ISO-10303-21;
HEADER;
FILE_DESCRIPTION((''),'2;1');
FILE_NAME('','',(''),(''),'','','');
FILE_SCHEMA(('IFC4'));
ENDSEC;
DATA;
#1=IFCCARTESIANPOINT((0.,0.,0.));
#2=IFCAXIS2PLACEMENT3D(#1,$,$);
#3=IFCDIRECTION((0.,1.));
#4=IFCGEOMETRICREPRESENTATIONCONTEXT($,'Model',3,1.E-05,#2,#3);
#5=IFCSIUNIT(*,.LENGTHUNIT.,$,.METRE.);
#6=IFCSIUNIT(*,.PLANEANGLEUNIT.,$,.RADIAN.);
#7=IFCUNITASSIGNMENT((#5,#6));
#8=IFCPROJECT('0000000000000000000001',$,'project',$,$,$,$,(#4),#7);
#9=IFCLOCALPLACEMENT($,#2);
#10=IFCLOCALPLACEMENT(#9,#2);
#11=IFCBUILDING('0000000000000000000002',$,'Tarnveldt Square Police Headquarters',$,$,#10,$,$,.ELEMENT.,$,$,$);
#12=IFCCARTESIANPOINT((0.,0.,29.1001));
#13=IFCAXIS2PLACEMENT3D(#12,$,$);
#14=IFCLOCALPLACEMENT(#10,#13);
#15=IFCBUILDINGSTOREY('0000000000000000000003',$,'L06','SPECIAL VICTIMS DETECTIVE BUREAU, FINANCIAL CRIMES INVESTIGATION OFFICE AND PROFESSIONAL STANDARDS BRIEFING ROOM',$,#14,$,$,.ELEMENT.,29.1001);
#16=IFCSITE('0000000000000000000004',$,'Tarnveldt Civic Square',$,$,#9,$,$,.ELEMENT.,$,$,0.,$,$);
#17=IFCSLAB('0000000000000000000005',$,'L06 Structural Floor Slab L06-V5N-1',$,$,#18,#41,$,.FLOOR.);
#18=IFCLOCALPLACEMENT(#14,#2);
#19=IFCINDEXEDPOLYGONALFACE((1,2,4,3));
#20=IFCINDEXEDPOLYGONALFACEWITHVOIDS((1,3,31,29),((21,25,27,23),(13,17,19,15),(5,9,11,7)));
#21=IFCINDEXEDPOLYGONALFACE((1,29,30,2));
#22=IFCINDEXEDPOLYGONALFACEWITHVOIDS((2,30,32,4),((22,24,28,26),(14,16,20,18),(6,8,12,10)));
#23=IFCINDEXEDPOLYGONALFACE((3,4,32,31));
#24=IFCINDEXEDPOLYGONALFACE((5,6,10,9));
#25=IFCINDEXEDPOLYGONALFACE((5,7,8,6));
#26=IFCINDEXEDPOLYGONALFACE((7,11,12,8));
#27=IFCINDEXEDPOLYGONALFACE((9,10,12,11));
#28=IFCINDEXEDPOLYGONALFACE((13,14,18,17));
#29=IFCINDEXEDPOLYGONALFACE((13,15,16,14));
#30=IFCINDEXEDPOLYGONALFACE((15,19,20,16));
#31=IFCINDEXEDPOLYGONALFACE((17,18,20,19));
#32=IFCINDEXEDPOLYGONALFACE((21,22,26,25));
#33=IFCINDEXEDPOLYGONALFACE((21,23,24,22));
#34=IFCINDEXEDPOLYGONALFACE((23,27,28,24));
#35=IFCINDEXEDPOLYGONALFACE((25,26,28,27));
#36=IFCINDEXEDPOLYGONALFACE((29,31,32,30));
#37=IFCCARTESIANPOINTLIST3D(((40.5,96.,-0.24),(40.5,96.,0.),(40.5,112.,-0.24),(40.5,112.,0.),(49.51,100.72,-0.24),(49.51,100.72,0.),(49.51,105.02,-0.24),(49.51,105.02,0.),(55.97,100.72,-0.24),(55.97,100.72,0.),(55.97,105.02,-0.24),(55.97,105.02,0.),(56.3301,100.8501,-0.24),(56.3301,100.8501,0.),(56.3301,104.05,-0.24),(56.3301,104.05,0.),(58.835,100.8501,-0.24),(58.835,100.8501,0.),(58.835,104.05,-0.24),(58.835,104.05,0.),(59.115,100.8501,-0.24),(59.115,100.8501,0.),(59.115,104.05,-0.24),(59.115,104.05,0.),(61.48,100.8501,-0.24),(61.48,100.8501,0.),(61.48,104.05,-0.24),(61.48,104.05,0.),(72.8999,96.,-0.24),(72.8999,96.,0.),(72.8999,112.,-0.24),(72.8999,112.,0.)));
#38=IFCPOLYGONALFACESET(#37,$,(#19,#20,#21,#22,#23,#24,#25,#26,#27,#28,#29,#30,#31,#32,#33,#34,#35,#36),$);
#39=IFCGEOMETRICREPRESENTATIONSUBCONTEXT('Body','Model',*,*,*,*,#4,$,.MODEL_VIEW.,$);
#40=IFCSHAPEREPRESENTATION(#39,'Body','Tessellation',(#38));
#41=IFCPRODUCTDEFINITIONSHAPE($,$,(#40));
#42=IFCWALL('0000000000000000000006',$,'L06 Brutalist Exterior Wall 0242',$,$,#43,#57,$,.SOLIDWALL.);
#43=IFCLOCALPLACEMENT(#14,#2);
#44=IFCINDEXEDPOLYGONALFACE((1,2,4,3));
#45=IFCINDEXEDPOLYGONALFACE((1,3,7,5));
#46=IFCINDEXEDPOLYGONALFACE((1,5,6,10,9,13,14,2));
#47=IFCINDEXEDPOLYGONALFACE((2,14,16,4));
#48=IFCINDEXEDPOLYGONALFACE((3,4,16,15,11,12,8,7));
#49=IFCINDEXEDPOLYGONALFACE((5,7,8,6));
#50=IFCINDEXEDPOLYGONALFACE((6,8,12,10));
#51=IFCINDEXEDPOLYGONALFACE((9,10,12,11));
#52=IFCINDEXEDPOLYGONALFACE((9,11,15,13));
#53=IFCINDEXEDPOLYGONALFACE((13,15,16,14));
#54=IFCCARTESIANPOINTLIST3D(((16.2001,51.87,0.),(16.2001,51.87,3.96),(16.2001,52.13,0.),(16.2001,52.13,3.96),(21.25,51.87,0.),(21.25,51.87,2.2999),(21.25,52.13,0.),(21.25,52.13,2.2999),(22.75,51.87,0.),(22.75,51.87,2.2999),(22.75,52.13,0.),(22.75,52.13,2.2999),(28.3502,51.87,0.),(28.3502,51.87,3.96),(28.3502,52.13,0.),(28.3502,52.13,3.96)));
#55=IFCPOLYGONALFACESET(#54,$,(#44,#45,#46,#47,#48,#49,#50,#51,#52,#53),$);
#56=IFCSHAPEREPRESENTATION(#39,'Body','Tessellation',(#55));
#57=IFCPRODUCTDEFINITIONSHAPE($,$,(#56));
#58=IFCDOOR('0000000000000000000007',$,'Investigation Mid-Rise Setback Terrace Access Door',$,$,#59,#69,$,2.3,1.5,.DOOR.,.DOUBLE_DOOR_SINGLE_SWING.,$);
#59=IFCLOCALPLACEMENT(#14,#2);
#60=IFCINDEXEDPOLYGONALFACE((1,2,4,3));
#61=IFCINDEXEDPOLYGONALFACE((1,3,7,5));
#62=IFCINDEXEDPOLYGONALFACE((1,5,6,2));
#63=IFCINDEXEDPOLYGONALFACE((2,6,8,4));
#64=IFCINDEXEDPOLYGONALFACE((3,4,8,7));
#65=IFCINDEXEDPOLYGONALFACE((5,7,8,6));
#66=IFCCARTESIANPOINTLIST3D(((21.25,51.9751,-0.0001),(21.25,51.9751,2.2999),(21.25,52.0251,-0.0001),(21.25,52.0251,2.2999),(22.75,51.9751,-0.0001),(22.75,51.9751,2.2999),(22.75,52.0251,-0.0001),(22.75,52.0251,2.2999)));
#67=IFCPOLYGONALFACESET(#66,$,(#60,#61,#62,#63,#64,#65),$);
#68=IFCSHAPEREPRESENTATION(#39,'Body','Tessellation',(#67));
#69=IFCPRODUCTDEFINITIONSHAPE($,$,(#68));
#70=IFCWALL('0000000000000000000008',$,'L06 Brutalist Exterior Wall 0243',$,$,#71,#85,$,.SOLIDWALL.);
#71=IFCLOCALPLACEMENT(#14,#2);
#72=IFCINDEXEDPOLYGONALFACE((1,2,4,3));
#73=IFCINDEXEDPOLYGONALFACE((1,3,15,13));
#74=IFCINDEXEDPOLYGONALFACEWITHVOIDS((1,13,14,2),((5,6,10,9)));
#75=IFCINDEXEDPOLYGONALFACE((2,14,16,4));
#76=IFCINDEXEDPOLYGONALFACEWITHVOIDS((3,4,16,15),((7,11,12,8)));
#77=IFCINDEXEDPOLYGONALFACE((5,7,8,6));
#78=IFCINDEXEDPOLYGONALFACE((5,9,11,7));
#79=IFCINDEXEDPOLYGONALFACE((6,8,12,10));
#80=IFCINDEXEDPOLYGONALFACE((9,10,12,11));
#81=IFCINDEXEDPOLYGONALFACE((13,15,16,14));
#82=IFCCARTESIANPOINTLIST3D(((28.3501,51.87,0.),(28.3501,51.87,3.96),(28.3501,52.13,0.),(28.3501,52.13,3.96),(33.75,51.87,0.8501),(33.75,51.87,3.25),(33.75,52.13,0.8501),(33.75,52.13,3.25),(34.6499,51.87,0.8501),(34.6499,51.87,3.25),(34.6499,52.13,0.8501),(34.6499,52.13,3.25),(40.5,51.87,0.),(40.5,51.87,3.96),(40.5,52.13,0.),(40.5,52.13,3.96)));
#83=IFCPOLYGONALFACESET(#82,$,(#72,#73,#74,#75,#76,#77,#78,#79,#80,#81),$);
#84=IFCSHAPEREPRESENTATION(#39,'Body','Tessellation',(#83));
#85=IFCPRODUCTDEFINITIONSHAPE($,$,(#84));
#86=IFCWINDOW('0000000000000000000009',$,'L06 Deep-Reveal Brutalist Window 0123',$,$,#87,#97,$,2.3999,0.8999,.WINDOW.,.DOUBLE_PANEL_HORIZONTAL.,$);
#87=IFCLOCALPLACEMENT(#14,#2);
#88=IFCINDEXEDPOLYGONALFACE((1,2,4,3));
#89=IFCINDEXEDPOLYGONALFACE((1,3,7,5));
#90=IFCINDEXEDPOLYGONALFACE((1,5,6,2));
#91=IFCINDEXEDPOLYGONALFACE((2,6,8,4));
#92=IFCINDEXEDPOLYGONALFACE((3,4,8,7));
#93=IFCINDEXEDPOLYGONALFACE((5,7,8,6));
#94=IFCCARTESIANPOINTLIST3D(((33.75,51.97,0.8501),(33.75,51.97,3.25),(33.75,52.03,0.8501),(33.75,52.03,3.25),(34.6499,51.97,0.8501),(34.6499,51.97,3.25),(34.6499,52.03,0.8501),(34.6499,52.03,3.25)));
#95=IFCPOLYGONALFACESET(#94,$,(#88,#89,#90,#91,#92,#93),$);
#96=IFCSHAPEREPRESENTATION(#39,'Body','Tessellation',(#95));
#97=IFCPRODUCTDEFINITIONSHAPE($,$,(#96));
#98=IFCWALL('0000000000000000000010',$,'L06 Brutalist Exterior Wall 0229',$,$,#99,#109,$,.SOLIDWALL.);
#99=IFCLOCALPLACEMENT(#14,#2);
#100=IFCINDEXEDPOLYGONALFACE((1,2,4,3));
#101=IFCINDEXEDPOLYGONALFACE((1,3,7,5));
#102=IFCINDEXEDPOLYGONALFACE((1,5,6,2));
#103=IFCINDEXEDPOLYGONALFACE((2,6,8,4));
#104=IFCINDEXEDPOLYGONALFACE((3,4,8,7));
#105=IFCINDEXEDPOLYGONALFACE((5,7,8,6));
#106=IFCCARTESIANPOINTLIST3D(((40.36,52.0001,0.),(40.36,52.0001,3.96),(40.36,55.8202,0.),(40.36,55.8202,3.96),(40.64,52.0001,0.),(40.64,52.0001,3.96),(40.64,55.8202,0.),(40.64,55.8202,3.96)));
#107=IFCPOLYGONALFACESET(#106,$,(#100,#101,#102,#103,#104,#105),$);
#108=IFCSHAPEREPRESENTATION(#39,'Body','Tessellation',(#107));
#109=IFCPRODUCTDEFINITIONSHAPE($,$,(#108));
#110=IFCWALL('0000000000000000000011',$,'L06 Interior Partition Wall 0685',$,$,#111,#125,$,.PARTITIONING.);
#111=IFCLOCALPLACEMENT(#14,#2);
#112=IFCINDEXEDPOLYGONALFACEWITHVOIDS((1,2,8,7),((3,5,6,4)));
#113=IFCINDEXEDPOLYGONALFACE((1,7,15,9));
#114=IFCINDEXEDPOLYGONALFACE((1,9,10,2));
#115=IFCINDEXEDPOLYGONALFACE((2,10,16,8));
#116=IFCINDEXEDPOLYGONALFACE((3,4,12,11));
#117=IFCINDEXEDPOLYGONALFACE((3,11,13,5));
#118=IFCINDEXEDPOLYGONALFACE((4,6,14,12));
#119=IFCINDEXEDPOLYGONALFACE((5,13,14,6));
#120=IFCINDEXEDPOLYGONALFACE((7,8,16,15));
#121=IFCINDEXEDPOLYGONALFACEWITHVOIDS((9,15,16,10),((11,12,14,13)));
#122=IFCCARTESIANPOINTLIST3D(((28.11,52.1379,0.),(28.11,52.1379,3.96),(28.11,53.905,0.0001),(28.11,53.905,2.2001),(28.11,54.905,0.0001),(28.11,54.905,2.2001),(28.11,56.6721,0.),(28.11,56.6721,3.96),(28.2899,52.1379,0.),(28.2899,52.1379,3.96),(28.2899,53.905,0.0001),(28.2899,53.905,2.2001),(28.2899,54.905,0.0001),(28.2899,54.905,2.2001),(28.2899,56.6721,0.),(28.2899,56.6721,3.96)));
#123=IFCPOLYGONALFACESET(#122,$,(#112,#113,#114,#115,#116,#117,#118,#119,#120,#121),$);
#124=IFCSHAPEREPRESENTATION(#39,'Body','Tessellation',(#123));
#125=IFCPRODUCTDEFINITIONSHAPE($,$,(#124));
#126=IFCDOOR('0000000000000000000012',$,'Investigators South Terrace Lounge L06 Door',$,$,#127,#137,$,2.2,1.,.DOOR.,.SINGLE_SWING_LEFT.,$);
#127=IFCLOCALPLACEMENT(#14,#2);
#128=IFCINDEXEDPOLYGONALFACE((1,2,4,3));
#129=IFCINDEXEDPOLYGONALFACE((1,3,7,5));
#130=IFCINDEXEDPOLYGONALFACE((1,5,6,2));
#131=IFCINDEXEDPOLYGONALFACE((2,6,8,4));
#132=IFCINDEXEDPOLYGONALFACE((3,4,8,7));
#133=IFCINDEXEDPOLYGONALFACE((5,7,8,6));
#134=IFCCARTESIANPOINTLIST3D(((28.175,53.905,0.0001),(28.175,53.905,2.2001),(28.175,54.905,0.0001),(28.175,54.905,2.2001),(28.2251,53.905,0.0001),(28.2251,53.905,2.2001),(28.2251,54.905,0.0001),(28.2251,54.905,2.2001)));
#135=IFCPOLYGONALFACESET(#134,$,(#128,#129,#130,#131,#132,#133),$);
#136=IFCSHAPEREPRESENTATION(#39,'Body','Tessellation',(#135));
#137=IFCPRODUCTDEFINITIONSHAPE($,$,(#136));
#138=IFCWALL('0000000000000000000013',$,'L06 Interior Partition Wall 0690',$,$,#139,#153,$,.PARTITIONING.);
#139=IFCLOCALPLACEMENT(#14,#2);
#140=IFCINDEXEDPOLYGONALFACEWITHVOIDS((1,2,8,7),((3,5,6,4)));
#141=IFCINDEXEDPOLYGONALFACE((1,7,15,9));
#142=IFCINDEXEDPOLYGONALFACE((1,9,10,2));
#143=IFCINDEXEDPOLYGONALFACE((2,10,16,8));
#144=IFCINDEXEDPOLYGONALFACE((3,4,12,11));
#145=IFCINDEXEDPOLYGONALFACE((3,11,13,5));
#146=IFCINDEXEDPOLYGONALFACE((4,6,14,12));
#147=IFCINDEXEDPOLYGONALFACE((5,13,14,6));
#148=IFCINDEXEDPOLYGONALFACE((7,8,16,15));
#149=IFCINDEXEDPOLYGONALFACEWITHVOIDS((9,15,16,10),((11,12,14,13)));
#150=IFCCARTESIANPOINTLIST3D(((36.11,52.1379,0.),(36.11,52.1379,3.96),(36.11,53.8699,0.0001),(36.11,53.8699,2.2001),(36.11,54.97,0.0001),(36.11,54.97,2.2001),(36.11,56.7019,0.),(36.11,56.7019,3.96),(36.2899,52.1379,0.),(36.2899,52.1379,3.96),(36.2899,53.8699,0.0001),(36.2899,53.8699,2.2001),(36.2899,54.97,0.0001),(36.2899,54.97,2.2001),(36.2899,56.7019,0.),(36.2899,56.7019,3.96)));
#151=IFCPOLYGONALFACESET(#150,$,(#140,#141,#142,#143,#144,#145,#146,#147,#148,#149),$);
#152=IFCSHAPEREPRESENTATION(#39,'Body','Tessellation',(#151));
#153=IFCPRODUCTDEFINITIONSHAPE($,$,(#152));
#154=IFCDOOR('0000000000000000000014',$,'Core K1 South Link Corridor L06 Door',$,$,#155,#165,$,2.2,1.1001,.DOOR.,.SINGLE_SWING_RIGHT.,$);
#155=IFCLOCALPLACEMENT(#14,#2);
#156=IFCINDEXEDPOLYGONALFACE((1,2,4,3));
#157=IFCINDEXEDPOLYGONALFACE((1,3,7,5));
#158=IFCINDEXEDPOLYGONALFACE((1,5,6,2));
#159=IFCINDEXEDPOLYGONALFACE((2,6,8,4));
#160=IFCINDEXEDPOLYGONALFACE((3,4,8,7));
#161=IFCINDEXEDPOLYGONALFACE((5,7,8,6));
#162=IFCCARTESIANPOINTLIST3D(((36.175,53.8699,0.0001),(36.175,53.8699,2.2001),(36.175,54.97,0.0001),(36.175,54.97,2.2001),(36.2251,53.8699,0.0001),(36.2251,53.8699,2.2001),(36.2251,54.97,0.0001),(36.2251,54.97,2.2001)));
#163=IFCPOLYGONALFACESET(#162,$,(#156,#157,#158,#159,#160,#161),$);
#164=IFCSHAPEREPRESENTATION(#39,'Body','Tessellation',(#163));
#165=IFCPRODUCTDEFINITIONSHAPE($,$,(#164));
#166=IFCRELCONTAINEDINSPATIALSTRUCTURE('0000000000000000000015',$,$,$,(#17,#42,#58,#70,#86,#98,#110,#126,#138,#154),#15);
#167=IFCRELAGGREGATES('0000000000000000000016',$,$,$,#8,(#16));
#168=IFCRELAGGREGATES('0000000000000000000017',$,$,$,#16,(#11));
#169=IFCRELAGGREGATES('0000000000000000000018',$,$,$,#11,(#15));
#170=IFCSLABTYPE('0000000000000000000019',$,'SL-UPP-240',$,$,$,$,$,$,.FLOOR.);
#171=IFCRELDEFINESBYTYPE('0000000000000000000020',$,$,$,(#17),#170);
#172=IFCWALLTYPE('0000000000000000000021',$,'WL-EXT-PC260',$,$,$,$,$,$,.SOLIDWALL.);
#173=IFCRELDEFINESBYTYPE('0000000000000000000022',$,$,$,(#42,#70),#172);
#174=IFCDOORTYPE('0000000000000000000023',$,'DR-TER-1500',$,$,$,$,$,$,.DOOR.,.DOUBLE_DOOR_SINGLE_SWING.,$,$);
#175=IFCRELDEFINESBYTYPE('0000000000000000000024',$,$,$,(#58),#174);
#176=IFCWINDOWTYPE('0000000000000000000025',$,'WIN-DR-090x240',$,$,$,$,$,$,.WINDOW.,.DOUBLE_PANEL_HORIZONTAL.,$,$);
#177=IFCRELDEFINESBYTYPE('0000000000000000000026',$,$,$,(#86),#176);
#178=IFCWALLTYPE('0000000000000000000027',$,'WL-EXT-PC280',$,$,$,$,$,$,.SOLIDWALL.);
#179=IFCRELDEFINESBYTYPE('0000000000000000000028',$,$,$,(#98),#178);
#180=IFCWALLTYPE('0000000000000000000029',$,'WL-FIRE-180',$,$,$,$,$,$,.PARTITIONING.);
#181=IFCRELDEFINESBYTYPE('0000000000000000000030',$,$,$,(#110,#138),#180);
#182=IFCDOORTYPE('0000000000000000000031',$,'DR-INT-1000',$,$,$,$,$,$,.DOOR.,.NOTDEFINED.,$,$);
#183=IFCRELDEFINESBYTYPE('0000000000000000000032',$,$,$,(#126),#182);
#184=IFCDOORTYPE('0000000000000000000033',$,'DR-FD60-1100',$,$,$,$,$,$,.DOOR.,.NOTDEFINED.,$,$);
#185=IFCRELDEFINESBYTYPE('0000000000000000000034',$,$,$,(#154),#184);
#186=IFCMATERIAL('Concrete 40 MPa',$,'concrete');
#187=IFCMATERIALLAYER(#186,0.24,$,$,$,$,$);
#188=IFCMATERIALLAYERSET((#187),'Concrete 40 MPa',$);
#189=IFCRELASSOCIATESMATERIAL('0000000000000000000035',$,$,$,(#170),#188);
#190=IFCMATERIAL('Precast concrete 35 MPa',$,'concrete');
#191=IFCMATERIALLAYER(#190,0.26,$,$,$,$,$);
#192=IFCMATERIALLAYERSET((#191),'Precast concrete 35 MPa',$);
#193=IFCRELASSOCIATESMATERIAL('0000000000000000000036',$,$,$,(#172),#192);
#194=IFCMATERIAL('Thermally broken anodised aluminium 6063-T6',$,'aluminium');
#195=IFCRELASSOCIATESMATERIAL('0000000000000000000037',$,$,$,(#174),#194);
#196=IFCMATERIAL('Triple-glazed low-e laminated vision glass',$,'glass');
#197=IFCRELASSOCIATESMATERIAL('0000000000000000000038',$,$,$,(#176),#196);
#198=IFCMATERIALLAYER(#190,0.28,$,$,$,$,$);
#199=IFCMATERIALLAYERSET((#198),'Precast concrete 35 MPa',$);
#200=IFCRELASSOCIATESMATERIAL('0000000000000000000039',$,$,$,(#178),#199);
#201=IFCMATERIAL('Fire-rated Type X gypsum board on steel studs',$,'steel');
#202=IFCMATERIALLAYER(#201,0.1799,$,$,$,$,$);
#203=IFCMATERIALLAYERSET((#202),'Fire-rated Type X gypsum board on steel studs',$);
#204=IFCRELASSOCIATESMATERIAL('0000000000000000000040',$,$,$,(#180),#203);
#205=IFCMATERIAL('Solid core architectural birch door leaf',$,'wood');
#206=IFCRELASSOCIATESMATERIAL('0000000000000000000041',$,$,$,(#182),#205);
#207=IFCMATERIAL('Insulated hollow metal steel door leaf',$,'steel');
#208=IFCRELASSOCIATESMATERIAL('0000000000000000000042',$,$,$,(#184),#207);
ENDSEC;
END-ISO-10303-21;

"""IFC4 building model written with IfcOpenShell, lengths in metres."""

from ifc_helpers import new_model, si_unit, direction, frame, frame_2d, origin, place, context, subcontext, project, spatial, polyline, rectangle, outline, extrude, material, layer, layer_set, type_object, element, fill, save


model = new_model("IFC4")

# Units and contexts
model_context = context("Model", 3, precision=1e-05, world=origin(), true_north=direction((0.0, 1.0)))
body_context = subcontext(model_context, "Body", "Model", "MODEL_VIEW")
ifc_project = project(units=[si_unit("LENGTHUNIT", "METRE"), si_unit("PLANEANGLEUNIT", "RADIAN")], contexts=[model_context])

# Site, building, storey
site_placement = place(None, origin())
site = spatial("IfcSite", under=ifc_project, at=site_placement, Name="Tarnveldt Civic Square", CompositionType="ELEMENT", RefElevation=0.0)
building_placement = place(site_placement, origin())
building = spatial("IfcBuilding", under=site, at=building_placement, Name="Tarnveldt Square Police Headquarters", CompositionType="ELEMENT")
storey_placement = place(building_placement, frame((0.0, 0.0, 29.1001)))
storey = spatial("IfcBuildingStorey", under=building, at=storey_placement, Name="L06", Description="SPECIAL VICTIMS DETECTIVE BUREAU, FINANCIAL CRIMES INVESTIGATION OFFICE AND PROFESSIONAL STANDARDS BRIEFING ROOM", CompositionType="ELEMENT", Elevation=29.1001)

# Shared definitions
ifc_material_1 = material(Name="Concrete 40 MPa", Category="concrete")

# Shared definitions
ifc_material_2 = material(Name="Triple-glazed low-e laminated vision glass", Category="glass")

# Slab
ifc_layer_1 = layer(ifc_material_1, 0.24)
ifc_layer_set_1 = layer_set([ifc_layer_1], Name="Concrete 40 MPa")
slab_type_1 = type_object("IfcSlabType", Name="SL-UPP-240", PredefinedType="FLOOR", material=ifc_layer_set_1)
slab_1_placement = place(storey_placement, frame((0.0, 0.0, -0.24)))
element("IfcSlab", 1, at=slab_1_placement, inside=storey, type_object=slab_type_1, Name="L06 Structural Floor Slab L06-V5N-1", PredefinedType="FLOOR", context=body_context, shape_type="SweptSolid", body=[
    extrude(outline(polyline([(40.5, 96.0), (40.5, 112.0), (72.8999, 112.0), (72.8999, 96.0), (40.5, 96.0)]), holes=[polyline([(56.3301, 100.8501), (58.835, 100.8501), (58.835, 104.05), (56.3301, 104.05), (56.3301, 100.8501)]), polyline([(59.115, 100.8501), (61.48, 100.8501), (61.48, 104.05), (59.115, 104.05), (59.115, 100.8501)]), polyline([(49.51, 100.72), (55.97, 100.72), (55.97, 105.02), (49.51, 105.02), (49.51, 100.72)])]), origin(), (0.0, 0.0, 1.0), 0.24),
])

# Wall, opening, door
ifc_material_3 = material(Name="Precast concrete 35 MPa", Category="concrete")
ifc_layer_2 = layer(ifc_material_3, 0.26)
ifc_layer_set_2 = layer_set([ifc_layer_2], Name="Precast concrete 35 MPa")
wall_type_1 = type_object("IfcWallType", Name="WL-EXT-PC260", PredefinedType="SOLIDWALL", material=ifc_layer_set_2)
wall_1_placement = place(storey_placement, frame((16.2, 52.0, 0.0), z_axis=(0.0, 0.0, 1.0), x_axis=(1.0, 0.0, 0.0)))
wall_1 = element("IfcWall", 2, at=wall_1_placement, inside=storey, type_object=wall_type_1, Name="L06 Brutalist Exterior Wall 0242", PredefinedType="SOLIDWALL", context=body_context, shape_type="SweptSolid", body=[
    extrude(rectangle(XDim=12.1501, YDim=0.26, at=frame_2d((6.0752, 0.0))), origin(), (0.0, 0.0, 1.0), 3.96),
])
opening_1_placement = place(wall_1_placement, frame((5.05, 0.0, 0.0)))
opening_1 = element("IfcOpeningElement", 3, at=opening_1_placement, cuts=wall_1, PredefinedType="OPENING", context=body_context, shape_type="SweptSolid", body=[
    extrude(rectangle(XDim=1.5, YDim=2.3, at=frame_2d((0.75, 1.1499))), frame((0.0, 0.1399, 0.0), z_axis=(0.0, -1.0, 0.0), x_axis=(1.0, 0.0, 0.0)), (0.0, 0.0, 1.0), 0.28),
])
ifc_material_4 = material(Name="Thermally broken anodised aluminium 6063-T6", Category="aluminium")
door_type_1 = type_object("IfcDoorType", Name="DR-TER-1500", OperationType="DOUBLE_DOOR_SINGLE_SWING", PredefinedType="DOOR", material=ifc_material_4)
door_1_placement = place(opening_1_placement, frame((1.5, 0.0, 0.0), z_axis=(0.0, 0.0, 1.0), x_axis=(-1.0, 0.0, 0.0)))
door_1 = element("IfcDoor", 4, at=door_1_placement, inside=storey, type_object=door_type_1, Name="Investigation Mid-Rise Setback Terrace Access Door", OperationType="DOUBLE_DOOR_SINGLE_SWING", OverallHeight=2.3, OverallWidth=1.5, PredefinedType="DOOR", context=body_context, shape_type="SweptSolid", body=[
    extrude(rectangle(XDim=1.5, YDim=2.3, at=frame_2d((0.75, 1.1499))), frame((0.0, 0.0249, 0.0), z_axis=(0.0, -1.0, 0.0), x_axis=(1.0, 0.0, 0.0)), (0.0, 0.0, 1.0), 0.05),
])
fill(opening_1, door_1)

# Wall, opening, window
wall_2_placement = place(storey_placement, frame((28.3501, 52.0, 0.0), z_axis=(0.0, 0.0, 1.0), x_axis=(1.0, 0.0, 0.0)))
wall_2 = element("IfcWall", 5, at=wall_2_placement, inside=storey, type_object=wall_type_1, Name="L06 Brutalist Exterior Wall 0243", PredefinedType="SOLIDWALL", context=body_context, shape_type="SweptSolid", body=[
    extrude(rectangle(XDim=12.1499, YDim=0.26, at=frame_2d((6.075, 0.0))), origin(), (0.0, 0.0, 1.0), 3.96),
])
opening_2_placement = place(wall_2_placement, frame((5.3999, 0.0, 0.8501)))
opening_2 = element("IfcOpeningElement", 6, at=opening_2_placement, cuts=wall_2, PredefinedType="OPENING", context=body_context, shape_type="SweptSolid", body=[
    extrude(rectangle(XDim=0.8999, YDim=2.3999, at=frame_2d((0.45, 1.2))), frame((0.0, 0.1399, 0.0), z_axis=(0.0, -1.0, 0.0), x_axis=(1.0, 0.0, 0.0)), (0.0, 0.0, 1.0), 0.28),
])
window_type_1 = type_object("IfcWindowType", Name="WIN-DR-090x240", PartitioningType="DOUBLE_PANEL_HORIZONTAL", PredefinedType="WINDOW", material=ifc_material_2)
window_1_placement = place(opening_2_placement, origin())
window_1 = element("IfcWindow", 7, at=window_1_placement, inside=storey, type_object=window_type_1, Name="L06 Deep-Reveal Brutalist Window 0123", OverallHeight=2.3999, OverallWidth=0.8999, PartitioningType="DOUBLE_PANEL_HORIZONTAL", PredefinedType="WINDOW", context=body_context, shape_type="SweptSolid", body=[
    extrude(rectangle(XDim=0.8999, YDim=2.3999, at=frame_2d((0.45, 1.2))), frame((0.0, 0.03, 0.0), z_axis=(0.0, -1.0, 0.0), x_axis=(1.0, 0.0, 0.0)), (0.0, 0.0, 1.0), 0.0601),
])
fill(opening_2, window_1)

# Wall
ifc_layer_3 = layer(ifc_material_3, 0.28)
ifc_layer_set_3 = layer_set([ifc_layer_3], Name="Precast concrete 35 MPa")
wall_type_2 = type_object("IfcWallType", Name="WL-EXT-PC280", PredefinedType="SOLIDWALL", material=ifc_layer_set_3)
wall_3_placement = place(storey_placement, frame((40.5, 52.0, 0.0), z_axis=(0.0, 0.0, 1.0), x_axis=(0.0, 1.0, 0.0)))
element("IfcWall", 8, at=wall_3_placement, inside=storey, type_object=wall_type_2, Name="L06 Brutalist Exterior Wall 0229", PredefinedType="SOLIDWALL", context=body_context, shape_type="SweptSolid", body=[
    extrude(rectangle(XDim=3.8201, YDim=0.28, at=frame_2d((1.9102, 0.0))), origin(), (0.0, 0.0, 1.0), 3.96),
])

# Walls, openings, doors
ifc_material_5 = material(Name="Fire-rated Type X gypsum board on steel studs", Category="steel")
ifc_layer_4 = layer(ifc_material_5, 0.1799)
ifc_layer_set_4 = layer_set([ifc_layer_4], Name="Fire-rated Type X gypsum board on steel studs")
wall_type_3 = type_object("IfcWallType", Name="WL-FIRE-180", PredefinedType="PARTITIONING", material=ifc_layer_set_4)
wall_4_placement = place(storey_placement, frame((28.2, 52.1379, 0.0), z_axis=(0.0, 0.0, 1.0), x_axis=(0.0, 1.0, 0.0)))
wall_4 = element("IfcWall", 9, at=wall_4_placement, inside=storey, type_object=wall_type_3, Name="L06 Interior Partition Wall 0685", PredefinedType="PARTITIONING", context=body_context, shape_type="SweptSolid", body=[
    extrude(rectangle(XDim=4.5342, YDim=0.1799, at=frame_2d((2.2671, 0.0))), origin(), (0.0, 0.0, 1.0), 3.96),
])
opening_3_placement = place(wall_4_placement, frame((1.7671, 0.0, 0.0)))
opening_3 = element("IfcOpeningElement", 10, at=opening_3_placement, cuts=wall_4, PredefinedType="OPENING", context=body_context, shape_type="SweptSolid", body=[
    extrude(rectangle(XDim=1.0, YDim=2.2, at=frame_2d((0.5, 1.1001))), frame((0.0, 0.0999, 0.0), z_axis=(0.0, -1.0, 0.0), x_axis=(1.0, 0.0, 0.0)), (0.0, 0.0, 1.0), 0.2),
])
ifc_material_6 = material(Name="Solid core architectural birch door leaf", Category="wood")
door_type_2 = type_object("IfcDoorType", Name="DR-INT-1000", OperationType="NOTDEFINED", PredefinedType="DOOR", material=ifc_material_6)
door_2_placement = place(opening_3_placement, origin())
door_2 = element("IfcDoor", 11, at=door_2_placement, inside=storey, type_object=door_type_2, Name="Investigators South Terrace Lounge L06 Door", OperationType="SINGLE_SWING_LEFT", OverallHeight=2.2, OverallWidth=1.0, PredefinedType="DOOR", context=body_context, shape_type="SweptSolid", body=[
    extrude(rectangle(XDim=1.0, YDim=2.2, at=frame_2d((0.5, 1.1001))), frame((0.0, 0.0249, 0.0), z_axis=(0.0, -1.0, 0.0), x_axis=(1.0, 0.0, 0.0)), (0.0, 0.0, 1.0), 0.05),
])
fill(opening_3, door_2)
wall_5_placement = place(storey_placement, frame((36.2, 52.1379, 0.0), z_axis=(0.0, 0.0, 1.0), x_axis=(0.0, 1.0, 0.0)))
wall_5 = element("IfcWall", 12, at=wall_5_placement, inside=storey, type_object=wall_type_3, Name="L06 Interior Partition Wall 0690", PredefinedType="PARTITIONING", context=body_context, shape_type="SweptSolid", body=[
    extrude(rectangle(XDim=4.564, YDim=0.1799, at=frame_2d((2.282, 0.0))), origin(), (0.0, 0.0, 1.0), 3.96),
])
opening_4_placement = place(wall_5_placement, frame((1.7319, 0.0, 0.0)))
opening_4 = element("IfcOpeningElement", 13, at=opening_4_placement, cuts=wall_5, PredefinedType="OPENING", context=body_context, shape_type="SweptSolid", body=[
    extrude(rectangle(XDim=1.1001, YDim=2.2, at=frame_2d((0.55, 1.1001))), frame((0.0, 0.0999, 0.0), z_axis=(0.0, -1.0, 0.0), x_axis=(1.0, 0.0, 0.0)), (0.0, 0.0, 1.0), 0.2),
])
ifc_material_7 = material(Name="Insulated hollow metal steel door leaf", Category="steel")
door_type_3 = type_object("IfcDoorType", Name="DR-FD60-1100", OperationType="NOTDEFINED", PredefinedType="DOOR", material=ifc_material_7)
door_3_placement = place(opening_4_placement, origin())
door_3 = element("IfcDoor", 14, at=door_3_placement, inside=storey, type_object=door_type_3, Name="Core K1 South Link Corridor L06 Door", OperationType="SINGLE_SWING_RIGHT", OverallHeight=2.2, OverallWidth=1.1001, PredefinedType="DOOR", context=body_context, shape_type="SweptSolid", body=[
    extrude(rectangle(XDim=1.1001, YDim=2.2, at=frame_2d((0.55, 1.1001))), frame((0.0, 0.0249, 0.0), z_axis=(0.0, -1.0, 0.0), x_axis=(1.0, 0.0, 0.0)), (0.0, 0.0, 1.0), 0.05),
])
fill(opening_4, door_3)

save(model, "model.ifc")
